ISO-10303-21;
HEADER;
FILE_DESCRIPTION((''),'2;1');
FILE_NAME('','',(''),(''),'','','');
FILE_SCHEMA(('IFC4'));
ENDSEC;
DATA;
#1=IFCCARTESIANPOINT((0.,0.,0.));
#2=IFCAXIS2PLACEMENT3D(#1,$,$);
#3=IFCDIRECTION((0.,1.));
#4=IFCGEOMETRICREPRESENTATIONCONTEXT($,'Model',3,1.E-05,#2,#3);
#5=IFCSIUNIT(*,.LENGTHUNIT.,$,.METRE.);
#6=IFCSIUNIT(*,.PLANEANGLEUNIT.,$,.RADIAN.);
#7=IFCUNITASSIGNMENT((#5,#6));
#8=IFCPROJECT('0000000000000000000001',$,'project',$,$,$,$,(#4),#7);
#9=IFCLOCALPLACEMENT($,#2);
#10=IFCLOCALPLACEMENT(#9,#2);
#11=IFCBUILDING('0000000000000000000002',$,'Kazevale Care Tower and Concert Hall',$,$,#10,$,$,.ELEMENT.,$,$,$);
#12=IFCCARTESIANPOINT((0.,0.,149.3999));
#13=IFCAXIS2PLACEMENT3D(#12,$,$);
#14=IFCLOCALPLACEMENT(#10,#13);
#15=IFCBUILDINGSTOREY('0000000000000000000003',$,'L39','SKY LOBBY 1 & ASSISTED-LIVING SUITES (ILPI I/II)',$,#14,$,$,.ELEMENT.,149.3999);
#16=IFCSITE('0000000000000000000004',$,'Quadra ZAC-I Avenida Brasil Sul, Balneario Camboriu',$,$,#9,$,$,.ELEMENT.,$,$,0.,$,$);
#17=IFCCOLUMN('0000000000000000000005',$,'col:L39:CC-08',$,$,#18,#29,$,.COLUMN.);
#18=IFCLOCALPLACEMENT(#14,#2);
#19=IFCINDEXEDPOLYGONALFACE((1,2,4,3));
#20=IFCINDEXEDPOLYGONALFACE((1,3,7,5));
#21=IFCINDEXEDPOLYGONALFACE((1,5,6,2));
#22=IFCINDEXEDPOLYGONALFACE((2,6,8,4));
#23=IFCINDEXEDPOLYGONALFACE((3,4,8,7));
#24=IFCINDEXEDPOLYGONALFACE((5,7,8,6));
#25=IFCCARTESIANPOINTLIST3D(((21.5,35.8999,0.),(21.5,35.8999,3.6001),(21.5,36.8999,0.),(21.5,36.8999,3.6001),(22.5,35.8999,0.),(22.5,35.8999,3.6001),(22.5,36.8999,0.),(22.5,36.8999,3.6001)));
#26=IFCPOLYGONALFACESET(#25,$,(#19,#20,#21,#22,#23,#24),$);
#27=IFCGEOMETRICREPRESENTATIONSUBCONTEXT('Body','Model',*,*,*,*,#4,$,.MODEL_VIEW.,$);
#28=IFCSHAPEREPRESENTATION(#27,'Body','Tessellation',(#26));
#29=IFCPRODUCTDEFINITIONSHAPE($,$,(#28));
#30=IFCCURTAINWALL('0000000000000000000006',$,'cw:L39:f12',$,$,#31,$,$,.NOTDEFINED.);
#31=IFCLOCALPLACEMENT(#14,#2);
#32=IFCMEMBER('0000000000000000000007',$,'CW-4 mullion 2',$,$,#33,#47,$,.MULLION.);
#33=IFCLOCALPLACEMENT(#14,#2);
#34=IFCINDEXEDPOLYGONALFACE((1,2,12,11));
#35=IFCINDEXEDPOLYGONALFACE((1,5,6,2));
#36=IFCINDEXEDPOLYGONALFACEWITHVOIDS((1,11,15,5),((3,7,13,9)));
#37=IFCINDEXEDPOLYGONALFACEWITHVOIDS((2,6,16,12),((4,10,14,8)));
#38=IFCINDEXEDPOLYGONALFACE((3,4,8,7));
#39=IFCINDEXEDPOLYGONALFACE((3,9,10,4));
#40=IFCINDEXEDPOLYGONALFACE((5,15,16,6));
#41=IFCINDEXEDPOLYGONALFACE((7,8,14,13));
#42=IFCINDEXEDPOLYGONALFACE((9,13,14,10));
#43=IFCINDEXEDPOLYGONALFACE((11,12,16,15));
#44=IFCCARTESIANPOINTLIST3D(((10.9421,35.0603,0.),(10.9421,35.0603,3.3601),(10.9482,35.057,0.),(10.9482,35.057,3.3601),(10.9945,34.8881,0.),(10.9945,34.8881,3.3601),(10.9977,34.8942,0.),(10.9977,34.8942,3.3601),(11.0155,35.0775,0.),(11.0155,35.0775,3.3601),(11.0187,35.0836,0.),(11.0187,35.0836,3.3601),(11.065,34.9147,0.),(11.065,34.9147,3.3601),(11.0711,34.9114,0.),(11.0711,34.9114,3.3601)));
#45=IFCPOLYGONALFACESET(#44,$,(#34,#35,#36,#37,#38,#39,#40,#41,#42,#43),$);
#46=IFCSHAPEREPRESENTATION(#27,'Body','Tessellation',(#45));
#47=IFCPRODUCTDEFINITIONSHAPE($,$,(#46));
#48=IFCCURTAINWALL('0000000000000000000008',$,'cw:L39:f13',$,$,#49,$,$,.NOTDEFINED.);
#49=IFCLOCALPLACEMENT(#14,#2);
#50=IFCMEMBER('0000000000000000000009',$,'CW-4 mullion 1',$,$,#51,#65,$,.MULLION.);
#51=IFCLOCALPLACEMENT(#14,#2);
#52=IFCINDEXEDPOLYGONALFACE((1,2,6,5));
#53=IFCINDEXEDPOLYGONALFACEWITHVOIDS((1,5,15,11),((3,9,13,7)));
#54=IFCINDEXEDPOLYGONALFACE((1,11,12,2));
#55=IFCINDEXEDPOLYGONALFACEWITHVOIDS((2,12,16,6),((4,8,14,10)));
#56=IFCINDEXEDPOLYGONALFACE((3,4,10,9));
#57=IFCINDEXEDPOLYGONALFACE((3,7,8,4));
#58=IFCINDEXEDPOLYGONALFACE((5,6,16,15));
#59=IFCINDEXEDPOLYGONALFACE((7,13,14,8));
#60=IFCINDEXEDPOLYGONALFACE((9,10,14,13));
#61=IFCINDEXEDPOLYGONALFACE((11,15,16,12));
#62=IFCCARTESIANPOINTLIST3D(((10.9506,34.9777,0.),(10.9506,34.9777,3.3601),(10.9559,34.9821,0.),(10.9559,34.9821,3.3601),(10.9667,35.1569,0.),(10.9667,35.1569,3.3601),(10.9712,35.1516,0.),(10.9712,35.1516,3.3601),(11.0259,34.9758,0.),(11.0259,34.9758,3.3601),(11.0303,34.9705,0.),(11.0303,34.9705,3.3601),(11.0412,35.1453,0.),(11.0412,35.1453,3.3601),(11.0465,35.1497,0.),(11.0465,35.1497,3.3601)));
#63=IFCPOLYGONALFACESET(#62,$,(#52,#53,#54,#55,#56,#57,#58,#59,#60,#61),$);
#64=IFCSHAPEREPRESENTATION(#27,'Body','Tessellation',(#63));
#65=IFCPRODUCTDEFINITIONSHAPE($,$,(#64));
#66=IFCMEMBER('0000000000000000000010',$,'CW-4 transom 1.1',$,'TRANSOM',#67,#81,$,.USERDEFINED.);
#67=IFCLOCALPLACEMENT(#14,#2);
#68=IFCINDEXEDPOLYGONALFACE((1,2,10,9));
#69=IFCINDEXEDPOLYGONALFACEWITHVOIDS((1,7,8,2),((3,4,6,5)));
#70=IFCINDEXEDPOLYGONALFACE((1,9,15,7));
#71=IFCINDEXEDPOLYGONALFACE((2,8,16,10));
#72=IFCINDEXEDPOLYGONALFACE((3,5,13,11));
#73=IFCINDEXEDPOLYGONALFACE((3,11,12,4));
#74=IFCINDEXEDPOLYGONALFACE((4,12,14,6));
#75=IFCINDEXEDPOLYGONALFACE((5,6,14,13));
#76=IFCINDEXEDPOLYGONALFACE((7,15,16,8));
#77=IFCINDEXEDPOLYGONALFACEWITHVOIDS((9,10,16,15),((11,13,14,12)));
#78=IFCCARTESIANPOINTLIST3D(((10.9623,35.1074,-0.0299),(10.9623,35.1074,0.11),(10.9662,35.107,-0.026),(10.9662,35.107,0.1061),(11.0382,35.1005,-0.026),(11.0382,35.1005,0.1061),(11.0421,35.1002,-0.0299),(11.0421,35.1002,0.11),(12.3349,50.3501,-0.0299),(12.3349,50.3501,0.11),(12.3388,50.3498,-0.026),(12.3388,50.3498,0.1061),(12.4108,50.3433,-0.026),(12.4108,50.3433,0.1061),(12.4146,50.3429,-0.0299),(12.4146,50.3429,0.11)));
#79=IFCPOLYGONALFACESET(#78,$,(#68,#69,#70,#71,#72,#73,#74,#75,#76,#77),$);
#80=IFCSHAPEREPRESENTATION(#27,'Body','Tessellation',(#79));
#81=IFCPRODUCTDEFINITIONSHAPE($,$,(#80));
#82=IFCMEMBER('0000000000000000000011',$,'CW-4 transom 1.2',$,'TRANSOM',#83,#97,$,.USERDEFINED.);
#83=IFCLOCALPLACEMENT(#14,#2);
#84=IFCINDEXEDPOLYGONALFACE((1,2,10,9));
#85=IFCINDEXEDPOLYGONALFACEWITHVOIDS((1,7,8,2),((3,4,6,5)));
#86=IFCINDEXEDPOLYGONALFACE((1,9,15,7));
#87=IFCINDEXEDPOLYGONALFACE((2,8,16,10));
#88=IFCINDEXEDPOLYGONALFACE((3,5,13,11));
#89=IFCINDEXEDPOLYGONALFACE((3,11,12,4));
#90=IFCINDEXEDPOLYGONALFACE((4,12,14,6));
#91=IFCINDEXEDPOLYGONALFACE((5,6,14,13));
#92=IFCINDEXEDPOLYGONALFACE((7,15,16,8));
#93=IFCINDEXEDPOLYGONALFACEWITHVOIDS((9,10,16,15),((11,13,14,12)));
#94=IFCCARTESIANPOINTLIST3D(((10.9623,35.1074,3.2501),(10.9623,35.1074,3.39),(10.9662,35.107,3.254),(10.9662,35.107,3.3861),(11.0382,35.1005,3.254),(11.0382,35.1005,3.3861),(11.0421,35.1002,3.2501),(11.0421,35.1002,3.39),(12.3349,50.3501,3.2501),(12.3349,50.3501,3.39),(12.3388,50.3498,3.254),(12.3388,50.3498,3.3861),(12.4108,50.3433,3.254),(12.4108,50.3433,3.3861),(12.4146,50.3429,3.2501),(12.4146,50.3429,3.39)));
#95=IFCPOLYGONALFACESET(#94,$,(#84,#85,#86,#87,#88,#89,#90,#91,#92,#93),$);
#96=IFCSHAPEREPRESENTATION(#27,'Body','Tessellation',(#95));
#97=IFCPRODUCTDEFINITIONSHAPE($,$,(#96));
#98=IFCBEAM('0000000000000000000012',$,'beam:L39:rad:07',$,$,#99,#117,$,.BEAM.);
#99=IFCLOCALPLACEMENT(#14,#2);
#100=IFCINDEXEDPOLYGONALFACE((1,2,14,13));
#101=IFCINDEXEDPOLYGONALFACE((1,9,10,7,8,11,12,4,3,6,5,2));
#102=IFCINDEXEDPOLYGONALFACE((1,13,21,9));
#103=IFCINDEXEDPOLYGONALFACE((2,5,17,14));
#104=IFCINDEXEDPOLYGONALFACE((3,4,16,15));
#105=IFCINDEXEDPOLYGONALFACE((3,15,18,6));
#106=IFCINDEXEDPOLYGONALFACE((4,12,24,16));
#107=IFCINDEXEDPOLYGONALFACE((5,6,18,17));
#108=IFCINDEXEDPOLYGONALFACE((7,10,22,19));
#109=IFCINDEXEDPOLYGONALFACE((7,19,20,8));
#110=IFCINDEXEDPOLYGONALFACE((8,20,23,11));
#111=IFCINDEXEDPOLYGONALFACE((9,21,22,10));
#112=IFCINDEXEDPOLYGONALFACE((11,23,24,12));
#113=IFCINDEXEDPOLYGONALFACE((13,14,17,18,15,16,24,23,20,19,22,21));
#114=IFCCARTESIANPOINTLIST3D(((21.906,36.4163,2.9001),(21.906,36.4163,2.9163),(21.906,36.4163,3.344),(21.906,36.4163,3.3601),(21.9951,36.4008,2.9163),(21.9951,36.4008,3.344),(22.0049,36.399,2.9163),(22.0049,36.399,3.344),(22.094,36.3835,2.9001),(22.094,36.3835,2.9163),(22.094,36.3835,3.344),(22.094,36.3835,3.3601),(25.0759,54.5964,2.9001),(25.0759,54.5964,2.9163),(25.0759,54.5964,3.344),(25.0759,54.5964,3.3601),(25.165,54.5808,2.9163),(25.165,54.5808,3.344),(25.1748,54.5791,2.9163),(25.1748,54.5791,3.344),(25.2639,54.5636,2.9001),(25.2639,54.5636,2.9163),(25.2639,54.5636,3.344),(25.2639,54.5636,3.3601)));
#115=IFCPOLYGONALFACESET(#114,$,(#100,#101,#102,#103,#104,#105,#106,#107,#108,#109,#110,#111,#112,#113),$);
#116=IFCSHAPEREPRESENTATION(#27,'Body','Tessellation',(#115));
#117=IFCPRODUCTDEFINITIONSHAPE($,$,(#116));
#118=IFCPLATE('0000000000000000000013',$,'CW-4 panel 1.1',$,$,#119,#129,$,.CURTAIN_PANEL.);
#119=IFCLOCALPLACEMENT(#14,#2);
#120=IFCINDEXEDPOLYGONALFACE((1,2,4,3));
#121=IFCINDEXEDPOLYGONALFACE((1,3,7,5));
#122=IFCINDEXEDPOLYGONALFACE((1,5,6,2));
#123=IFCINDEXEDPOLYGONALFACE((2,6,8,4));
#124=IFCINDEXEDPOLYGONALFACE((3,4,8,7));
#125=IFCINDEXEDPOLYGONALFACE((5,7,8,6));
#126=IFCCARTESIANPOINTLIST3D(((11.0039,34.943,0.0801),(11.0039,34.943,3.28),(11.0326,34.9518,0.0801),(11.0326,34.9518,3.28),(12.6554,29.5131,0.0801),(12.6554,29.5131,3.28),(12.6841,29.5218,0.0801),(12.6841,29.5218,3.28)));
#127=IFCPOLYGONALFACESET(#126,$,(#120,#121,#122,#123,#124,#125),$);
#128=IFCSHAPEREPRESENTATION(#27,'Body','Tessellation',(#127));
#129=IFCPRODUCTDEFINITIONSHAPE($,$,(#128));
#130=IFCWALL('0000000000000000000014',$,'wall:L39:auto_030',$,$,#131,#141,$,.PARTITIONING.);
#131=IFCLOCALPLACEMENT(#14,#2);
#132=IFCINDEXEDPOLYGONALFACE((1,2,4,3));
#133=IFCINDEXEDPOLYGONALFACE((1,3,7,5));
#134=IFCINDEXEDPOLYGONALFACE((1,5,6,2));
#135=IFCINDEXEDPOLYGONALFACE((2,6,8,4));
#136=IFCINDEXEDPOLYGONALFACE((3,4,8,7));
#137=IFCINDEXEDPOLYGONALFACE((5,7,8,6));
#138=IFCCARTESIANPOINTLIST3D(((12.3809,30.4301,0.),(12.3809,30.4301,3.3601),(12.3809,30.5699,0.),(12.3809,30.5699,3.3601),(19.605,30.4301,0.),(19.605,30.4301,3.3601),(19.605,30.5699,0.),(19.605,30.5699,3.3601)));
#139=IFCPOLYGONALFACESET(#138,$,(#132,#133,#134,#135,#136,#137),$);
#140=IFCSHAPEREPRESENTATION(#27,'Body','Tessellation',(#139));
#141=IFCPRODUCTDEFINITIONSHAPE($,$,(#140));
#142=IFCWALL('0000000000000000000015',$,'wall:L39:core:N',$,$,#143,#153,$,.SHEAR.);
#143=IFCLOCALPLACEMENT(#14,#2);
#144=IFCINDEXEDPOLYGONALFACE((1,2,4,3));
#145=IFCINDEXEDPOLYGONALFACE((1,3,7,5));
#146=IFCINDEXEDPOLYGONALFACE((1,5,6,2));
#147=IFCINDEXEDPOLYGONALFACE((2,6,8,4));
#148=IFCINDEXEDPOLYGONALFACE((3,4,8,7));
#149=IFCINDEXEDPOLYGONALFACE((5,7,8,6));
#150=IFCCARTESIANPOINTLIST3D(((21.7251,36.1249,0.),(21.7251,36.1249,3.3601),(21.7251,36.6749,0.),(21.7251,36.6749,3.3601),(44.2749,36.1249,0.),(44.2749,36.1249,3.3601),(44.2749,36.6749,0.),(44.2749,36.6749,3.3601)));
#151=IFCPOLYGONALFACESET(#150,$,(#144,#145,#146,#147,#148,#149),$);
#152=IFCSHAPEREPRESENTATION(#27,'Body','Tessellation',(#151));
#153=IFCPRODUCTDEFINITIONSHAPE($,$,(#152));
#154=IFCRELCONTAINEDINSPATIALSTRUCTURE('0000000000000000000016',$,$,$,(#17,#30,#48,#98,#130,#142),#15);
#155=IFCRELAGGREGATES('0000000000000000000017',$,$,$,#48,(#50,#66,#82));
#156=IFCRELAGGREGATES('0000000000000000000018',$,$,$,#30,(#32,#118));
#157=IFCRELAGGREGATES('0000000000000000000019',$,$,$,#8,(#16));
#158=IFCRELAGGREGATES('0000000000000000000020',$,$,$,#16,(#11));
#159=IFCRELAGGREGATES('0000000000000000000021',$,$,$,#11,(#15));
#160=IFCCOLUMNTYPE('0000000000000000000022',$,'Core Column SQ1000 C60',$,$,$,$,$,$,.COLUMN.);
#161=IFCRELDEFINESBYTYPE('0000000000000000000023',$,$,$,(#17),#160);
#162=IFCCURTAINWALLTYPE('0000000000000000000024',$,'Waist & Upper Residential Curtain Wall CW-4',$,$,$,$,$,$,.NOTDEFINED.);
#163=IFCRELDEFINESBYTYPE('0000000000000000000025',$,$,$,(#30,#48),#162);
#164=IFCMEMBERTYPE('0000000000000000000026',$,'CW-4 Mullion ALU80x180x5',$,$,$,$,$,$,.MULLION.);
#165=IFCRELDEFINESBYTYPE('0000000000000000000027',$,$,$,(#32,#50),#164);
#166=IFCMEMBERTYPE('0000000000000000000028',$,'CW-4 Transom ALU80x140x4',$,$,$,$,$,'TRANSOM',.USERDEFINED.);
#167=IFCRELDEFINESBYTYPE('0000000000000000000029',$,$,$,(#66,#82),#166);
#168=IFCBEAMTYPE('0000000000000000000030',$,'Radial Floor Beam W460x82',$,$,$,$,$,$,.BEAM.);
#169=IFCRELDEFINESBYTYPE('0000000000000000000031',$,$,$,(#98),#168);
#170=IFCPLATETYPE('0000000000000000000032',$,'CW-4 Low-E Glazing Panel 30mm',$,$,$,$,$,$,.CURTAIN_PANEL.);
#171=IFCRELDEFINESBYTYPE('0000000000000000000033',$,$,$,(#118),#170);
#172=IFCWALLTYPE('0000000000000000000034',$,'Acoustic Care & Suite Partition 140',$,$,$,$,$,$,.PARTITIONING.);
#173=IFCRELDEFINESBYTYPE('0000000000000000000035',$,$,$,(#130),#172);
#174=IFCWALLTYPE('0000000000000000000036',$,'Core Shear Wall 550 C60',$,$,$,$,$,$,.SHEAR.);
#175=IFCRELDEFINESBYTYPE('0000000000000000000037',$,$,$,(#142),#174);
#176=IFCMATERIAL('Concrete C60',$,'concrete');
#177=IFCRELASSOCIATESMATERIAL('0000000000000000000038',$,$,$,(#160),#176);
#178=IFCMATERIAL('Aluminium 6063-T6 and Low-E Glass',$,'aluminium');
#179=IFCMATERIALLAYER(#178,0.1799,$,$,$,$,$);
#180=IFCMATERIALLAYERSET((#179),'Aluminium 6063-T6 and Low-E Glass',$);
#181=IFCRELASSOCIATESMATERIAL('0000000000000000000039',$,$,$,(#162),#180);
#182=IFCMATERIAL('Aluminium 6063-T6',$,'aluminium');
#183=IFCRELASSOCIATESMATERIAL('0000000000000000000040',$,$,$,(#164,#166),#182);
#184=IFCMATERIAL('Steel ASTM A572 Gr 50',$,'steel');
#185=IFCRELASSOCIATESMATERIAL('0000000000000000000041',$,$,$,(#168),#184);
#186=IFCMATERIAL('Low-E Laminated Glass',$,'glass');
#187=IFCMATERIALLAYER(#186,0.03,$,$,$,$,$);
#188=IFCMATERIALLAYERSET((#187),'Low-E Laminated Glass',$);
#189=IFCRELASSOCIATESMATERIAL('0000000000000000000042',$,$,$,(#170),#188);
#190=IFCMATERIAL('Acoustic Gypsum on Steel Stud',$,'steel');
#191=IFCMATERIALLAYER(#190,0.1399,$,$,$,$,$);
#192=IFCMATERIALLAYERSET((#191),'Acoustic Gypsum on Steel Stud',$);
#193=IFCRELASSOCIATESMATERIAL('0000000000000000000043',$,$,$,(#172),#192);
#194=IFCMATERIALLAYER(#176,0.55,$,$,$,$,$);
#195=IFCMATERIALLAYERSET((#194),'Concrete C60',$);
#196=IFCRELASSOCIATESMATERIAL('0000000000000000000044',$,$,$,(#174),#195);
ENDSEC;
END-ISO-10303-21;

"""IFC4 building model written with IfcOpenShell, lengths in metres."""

from ifc_helpers import new_model, si_unit, direction, frame, frame_2d, origin, origin_2d, place, context, subcontext, project, spatial, rectangle, hollow_rectangle, i_section, extrude, material, layer, layer_set, material_profile, profile_set, type_object, element, aggregate, save


model = new_model("IFC4")

# Units and contexts
model_context = context("Model", 3, precision=1e-05, world=origin(), true_north=direction((0.0, 1.0)))
body_context = subcontext(model_context, "Body", "Model", "MODEL_VIEW")
ifc_project = project(units=[si_unit("LENGTHUNIT", "METRE"), si_unit("PLANEANGLEUNIT", "RADIAN")], contexts=[model_context])

# Site, building, storey
site_placement = place(None, origin())
site = spatial("IfcSite", under=ifc_project, at=site_placement, Name="Quadra ZAC-I Avenida Brasil Sul, Balneario Camboriu", CompositionType="ELEMENT", RefElevation=0.0)
building_placement = place(site_placement, origin())
building = spatial("IfcBuilding", under=site, at=building_placement, Name="Kazevale Care Tower and Concert Hall", CompositionType="ELEMENT")
storey_placement = place(building_placement, frame((0.0, 0.0, 149.3999)))
storey = spatial("IfcBuildingStorey", under=building, at=storey_placement, Name="L39", Description="SKY LOBBY 1 & ASSISTED-LIVING SUITES (ILPI I/II)", CompositionType="ELEMENT", Elevation=149.3999)

# Column
ifc_material_1 = material(Name="Concrete C60", Category="concrete")
ifc_material_profile_1 = material_profile(ifc_material_1, rectangle(XDim=1.0, YDim=1.0, at=origin_2d()), Name="RC-SQ1000")
ifc_profile_set_1 = profile_set([ifc_material_profile_1], Name="Concrete C60")
column_type = type_object("IfcColumnType", Name="Core Column SQ1000 C60", PredefinedType="COLUMN", material=ifc_profile_set_1)
column_placement = place(storey_placement, frame((22.0, 36.3999, 0.0), z_axis=(0.0, 0.0, 1.0), x_axis=(1.0, 0.0, 0.0)))
element("IfcColumn", 1, at=column_placement, inside=storey, type_object=column_type, Name="col:L39:CC-08", PredefinedType="COLUMN", context=body_context, shape_type="SweptSolid", body=[
    extrude(rectangle(XDim=1.0, YDim=1.0, at=origin_2d()), origin(), (0.0, 0.0, 1.0), 3.6001),
])

# Curtain wall, member
ifc_material_2 = material(Name="Aluminium 6063-T6 and Low-E Glass", Category="aluminium")
ifc_layer_1 = layer(ifc_material_2, 0.1799)
ifc_layer_set_1 = layer_set([ifc_layer_1], Name="Aluminium 6063-T6 and Low-E Glass")
curtain_wall_type = type_object("IfcCurtainWallType", Name="Waist & Upper Residential Curtain Wall CW-4", PredefinedType="NOTDEFINED", material=ifc_layer_set_1)
curtain_wall_1_placement = place(storey_placement, origin())
curtain_wall_1 = element("IfcCurtainWall", 2, at=curtain_wall_1_placement, inside=storey, type_object=curtain_wall_type, Name="cw:L39:f12", PredefinedType="NOTDEFINED")
ifc_material_3 = material(Name="Aluminium 6063-T6", Category="aluminium")
ifc_material_profile_2 = material_profile(ifc_material_3, hollow_rectangle(XDim=0.0801, YDim=0.1799, WallThickness=0.0049, at=origin_2d()), Name="ALU80x180x5")
ifc_profile_set_2 = profile_set([ifc_material_profile_2], Name="Aluminium 6063-T6")
member_type_1 = type_object("IfcMemberType", Name="CW-4 Mullion ALU80x180x5", PredefinedType="MULLION", material=ifc_profile_set_2)
member_1_placement = place(storey_placement, frame((11.0066, 34.9858, 0.0), z_axis=(0.0, 0.0, 1.0), x_axis=(-0.95673, -0.290977, 0.0)))
member_1 = element("IfcMember", 3, at=member_1_placement, type_object=member_type_1, Name="CW-4 mullion 2", PredefinedType="MULLION", context=body_context, shape_type="SweptSolid", body=[
    extrude(hollow_rectangle(XDim=0.0801, YDim=0.1799, WallThickness=0.0049, at=origin_2d()), origin(), (0.0, 0.0, 1.0), 3.3601),
])

# Curtain wall, members
curtain_wall_2_placement = place(storey_placement, origin())
curtain_wall_2 = element("IfcCurtainWall", 4, at=curtain_wall_2_placement, inside=storey, type_object=curtain_wall_type, Name="cw:L39:f13", PredefinedType="NOTDEFINED")
member_2_placement = place(storey_placement, frame((10.9985, 35.0637, 0.0), z_axis=(0.0, 0.0, 1.0), x_axis=(-0.99597, 0.08969, 0.0)))
member_2 = element("IfcMember", 5, at=member_2_placement, type_object=member_type_1, Name="CW-4 mullion 1", PredefinedType="MULLION", context=body_context, shape_type="SweptSolid", body=[
    extrude(hollow_rectangle(XDim=0.0801, YDim=0.1799, WallThickness=0.0049, at=origin_2d()), origin(), (0.0, 0.0, 1.0), 3.3601),
])
ifc_material_profile_3 = material_profile(ifc_material_3, hollow_rectangle(XDim=0.0801, YDim=0.1399, WallThickness=0.0039, at=origin_2d()), Name="ALU80x140x4")
ifc_profile_set_3 = profile_set([ifc_material_profile_3], Name="Aluminium 6063-T6")
member_type_2 = type_object("IfcMemberType", Name="CW-4 Transom ALU80x140x4", ElementType="TRANSOM", PredefinedType="USERDEFINED", material=ifc_profile_set_3)
member_3_placement = place(storey_placement, frame((11.0022, 35.1038, 0.04), z_axis=(0.089684, 0.99597, 0.0), x_axis=(-0.99597, 0.089684, 0.0)))
member_3 = element("IfcMember", 6, at=member_3_placement, type_object=member_type_2, Name="CW-4 transom 1.1", ObjectType="TRANSOM", PredefinedType="USERDEFINED", context=body_context, shape_type="SweptSolid", body=[
    extrude(hollow_rectangle(XDim=0.0801, YDim=0.1399, WallThickness=0.0039, at=origin_2d()), origin(), (0.0, 0.0, 1.0), 15.3044),
])
member_4_placement = place(storey_placement, frame((11.0022, 35.1038, 3.3201), z_axis=(0.089684, 0.99597, 0.0), x_axis=(-0.99597, 0.089684, 0.0)))
member_4 = element("IfcMember", 7, at=member_4_placement, type_object=member_type_2, Name="CW-4 transom 1.2", ObjectType="TRANSOM", PredefinedType="USERDEFINED", context=body_context, shape_type="SweptSolid", body=[
    extrude(hollow_rectangle(XDim=0.0801, YDim=0.1399, WallThickness=0.0039, at=origin_2d()), origin(), (0.0, 0.0, 1.0), 15.3044),
])
aggregate(curtain_wall_2, [member_2, member_3, member_4])

# Beam
ifc_material_4 = material(Name="Steel ASTM A572 Gr 50", Category="steel")
ifc_material_profile_4 = material_profile(ifc_material_4, i_section(OverallWidth=0.1909, OverallDepth=0.46, WebThickness=0.01, FlangeThickness=0.0161, at=origin_2d()), Name="W460x82")
ifc_profile_set_4 = profile_set([ifc_material_profile_4], Name="Steel ASTM A572 Gr 50")
beam_type = type_object("IfcBeamType", Name="Radial Floor Beam W460x82", PredefinedType="BEAM", material=ifc_profile_set_4)
beam_placement = place(storey_placement, frame((22.0, 36.3999, 3.1301), z_axis=(0.17177, 0.985137, 0.0), x_axis=(-0.985137, 0.17177, 0.0)))
element("IfcBeam", 8, at=beam_placement, inside=storey, type_object=beam_type, Name="beam:L39:rad:07", PredefinedType="BEAM", context=body_context, shape_type="SweptSolid", body=[
    extrude(i_section(OverallWidth=0.1909, OverallDepth=0.46, WebThickness=0.01, FlangeThickness=0.0161, at=origin_2d()), origin(), (0.0, 0.0, 1.0), 18.4543),
])

# Plate
ifc_material_5 = material(Name="Low-E Laminated Glass", Category="glass")
ifc_layer_2 = layer(ifc_material_5, 0.03)
ifc_layer_set_2 = layer_set([ifc_layer_2], Name="Low-E Laminated Glass")
plate_type = type_object("IfcPlateType", Name="CW-4 Low-E Glazing Panel 30mm", PredefinedType="CURTAIN_PANEL", material=ifc_layer_set_2)
plate_placement = place(storey_placement, frame((11.844, 32.2324, 0.0801), z_axis=(0.0, 0.0, 1.0), x_axis=(-0.290977, 0.95673, 0.0)))
plate = element("IfcPlate", 9, at=plate_placement, type_object=plate_type, Name="CW-4 panel 1.1", PredefinedType="CURTAIN_PANEL", context=body_context, shape_type="SweptSolid", body=[
    extrude(rectangle(XDim=5.6755, YDim=0.03, at=origin_2d()), origin(), (0.0, 0.0, 1.0), 3.2),
])
aggregate(curtain_wall_1, [member_1, plate])

# Walls
ifc_material_6 = material(Name="Acoustic Gypsum on Steel Stud", Category="steel")
ifc_layer_3 = layer(ifc_material_6, 0.1399)
ifc_layer_set_3 = layer_set([ifc_layer_3], Name="Acoustic Gypsum on Steel Stud")
wall_type_1 = type_object("IfcWallType", Name="Acoustic Care & Suite Partition 140", PredefinedType="PARTITIONING", material=ifc_layer_set_3)
wall_1_placement = place(storey_placement, frame((12.3809, 30.5, 0.0), z_axis=(0.0, 0.0, 1.0), x_axis=(1.0, 0.0, 0.0)))
element("IfcWall", 10, at=wall_1_placement, inside=storey, type_object=wall_type_1, Name="wall:L39:auto_030", PredefinedType="PARTITIONING", context=body_context, shape_type="SweptSolid", body=[
    extrude(rectangle(XDim=7.2241, YDim=0.1399, at=frame_2d((3.6121, 0.0))), origin(), (0.0, 0.0, 1.0), 3.3601),
])
ifc_layer_4 = layer(ifc_material_1, 0.55)
ifc_layer_set_4 = layer_set([ifc_layer_4], Name="Concrete C60")
wall_type_2 = type_object("IfcWallType", Name="Core Shear Wall 550 C60", PredefinedType="SHEAR", material=ifc_layer_set_4)
wall_2_placement = place(storey_placement, frame((21.7251, 36.3999, 0.0), z_axis=(0.0, 0.0, 1.0), x_axis=(1.0, 0.0, 0.0)))
element("IfcWall", 11, at=wall_2_placement, inside=storey, type_object=wall_type_2, Name="wall:L39:core:N", PredefinedType="SHEAR", context=body_context, shape_type="SweptSolid", body=[
    extrude(rectangle(XDim=22.5498, YDim=0.55, at=frame_2d((11.2749, 0.0))), origin(), (0.0, 0.0, 1.0), 3.3601),
])

save(model, "model.ifc")
